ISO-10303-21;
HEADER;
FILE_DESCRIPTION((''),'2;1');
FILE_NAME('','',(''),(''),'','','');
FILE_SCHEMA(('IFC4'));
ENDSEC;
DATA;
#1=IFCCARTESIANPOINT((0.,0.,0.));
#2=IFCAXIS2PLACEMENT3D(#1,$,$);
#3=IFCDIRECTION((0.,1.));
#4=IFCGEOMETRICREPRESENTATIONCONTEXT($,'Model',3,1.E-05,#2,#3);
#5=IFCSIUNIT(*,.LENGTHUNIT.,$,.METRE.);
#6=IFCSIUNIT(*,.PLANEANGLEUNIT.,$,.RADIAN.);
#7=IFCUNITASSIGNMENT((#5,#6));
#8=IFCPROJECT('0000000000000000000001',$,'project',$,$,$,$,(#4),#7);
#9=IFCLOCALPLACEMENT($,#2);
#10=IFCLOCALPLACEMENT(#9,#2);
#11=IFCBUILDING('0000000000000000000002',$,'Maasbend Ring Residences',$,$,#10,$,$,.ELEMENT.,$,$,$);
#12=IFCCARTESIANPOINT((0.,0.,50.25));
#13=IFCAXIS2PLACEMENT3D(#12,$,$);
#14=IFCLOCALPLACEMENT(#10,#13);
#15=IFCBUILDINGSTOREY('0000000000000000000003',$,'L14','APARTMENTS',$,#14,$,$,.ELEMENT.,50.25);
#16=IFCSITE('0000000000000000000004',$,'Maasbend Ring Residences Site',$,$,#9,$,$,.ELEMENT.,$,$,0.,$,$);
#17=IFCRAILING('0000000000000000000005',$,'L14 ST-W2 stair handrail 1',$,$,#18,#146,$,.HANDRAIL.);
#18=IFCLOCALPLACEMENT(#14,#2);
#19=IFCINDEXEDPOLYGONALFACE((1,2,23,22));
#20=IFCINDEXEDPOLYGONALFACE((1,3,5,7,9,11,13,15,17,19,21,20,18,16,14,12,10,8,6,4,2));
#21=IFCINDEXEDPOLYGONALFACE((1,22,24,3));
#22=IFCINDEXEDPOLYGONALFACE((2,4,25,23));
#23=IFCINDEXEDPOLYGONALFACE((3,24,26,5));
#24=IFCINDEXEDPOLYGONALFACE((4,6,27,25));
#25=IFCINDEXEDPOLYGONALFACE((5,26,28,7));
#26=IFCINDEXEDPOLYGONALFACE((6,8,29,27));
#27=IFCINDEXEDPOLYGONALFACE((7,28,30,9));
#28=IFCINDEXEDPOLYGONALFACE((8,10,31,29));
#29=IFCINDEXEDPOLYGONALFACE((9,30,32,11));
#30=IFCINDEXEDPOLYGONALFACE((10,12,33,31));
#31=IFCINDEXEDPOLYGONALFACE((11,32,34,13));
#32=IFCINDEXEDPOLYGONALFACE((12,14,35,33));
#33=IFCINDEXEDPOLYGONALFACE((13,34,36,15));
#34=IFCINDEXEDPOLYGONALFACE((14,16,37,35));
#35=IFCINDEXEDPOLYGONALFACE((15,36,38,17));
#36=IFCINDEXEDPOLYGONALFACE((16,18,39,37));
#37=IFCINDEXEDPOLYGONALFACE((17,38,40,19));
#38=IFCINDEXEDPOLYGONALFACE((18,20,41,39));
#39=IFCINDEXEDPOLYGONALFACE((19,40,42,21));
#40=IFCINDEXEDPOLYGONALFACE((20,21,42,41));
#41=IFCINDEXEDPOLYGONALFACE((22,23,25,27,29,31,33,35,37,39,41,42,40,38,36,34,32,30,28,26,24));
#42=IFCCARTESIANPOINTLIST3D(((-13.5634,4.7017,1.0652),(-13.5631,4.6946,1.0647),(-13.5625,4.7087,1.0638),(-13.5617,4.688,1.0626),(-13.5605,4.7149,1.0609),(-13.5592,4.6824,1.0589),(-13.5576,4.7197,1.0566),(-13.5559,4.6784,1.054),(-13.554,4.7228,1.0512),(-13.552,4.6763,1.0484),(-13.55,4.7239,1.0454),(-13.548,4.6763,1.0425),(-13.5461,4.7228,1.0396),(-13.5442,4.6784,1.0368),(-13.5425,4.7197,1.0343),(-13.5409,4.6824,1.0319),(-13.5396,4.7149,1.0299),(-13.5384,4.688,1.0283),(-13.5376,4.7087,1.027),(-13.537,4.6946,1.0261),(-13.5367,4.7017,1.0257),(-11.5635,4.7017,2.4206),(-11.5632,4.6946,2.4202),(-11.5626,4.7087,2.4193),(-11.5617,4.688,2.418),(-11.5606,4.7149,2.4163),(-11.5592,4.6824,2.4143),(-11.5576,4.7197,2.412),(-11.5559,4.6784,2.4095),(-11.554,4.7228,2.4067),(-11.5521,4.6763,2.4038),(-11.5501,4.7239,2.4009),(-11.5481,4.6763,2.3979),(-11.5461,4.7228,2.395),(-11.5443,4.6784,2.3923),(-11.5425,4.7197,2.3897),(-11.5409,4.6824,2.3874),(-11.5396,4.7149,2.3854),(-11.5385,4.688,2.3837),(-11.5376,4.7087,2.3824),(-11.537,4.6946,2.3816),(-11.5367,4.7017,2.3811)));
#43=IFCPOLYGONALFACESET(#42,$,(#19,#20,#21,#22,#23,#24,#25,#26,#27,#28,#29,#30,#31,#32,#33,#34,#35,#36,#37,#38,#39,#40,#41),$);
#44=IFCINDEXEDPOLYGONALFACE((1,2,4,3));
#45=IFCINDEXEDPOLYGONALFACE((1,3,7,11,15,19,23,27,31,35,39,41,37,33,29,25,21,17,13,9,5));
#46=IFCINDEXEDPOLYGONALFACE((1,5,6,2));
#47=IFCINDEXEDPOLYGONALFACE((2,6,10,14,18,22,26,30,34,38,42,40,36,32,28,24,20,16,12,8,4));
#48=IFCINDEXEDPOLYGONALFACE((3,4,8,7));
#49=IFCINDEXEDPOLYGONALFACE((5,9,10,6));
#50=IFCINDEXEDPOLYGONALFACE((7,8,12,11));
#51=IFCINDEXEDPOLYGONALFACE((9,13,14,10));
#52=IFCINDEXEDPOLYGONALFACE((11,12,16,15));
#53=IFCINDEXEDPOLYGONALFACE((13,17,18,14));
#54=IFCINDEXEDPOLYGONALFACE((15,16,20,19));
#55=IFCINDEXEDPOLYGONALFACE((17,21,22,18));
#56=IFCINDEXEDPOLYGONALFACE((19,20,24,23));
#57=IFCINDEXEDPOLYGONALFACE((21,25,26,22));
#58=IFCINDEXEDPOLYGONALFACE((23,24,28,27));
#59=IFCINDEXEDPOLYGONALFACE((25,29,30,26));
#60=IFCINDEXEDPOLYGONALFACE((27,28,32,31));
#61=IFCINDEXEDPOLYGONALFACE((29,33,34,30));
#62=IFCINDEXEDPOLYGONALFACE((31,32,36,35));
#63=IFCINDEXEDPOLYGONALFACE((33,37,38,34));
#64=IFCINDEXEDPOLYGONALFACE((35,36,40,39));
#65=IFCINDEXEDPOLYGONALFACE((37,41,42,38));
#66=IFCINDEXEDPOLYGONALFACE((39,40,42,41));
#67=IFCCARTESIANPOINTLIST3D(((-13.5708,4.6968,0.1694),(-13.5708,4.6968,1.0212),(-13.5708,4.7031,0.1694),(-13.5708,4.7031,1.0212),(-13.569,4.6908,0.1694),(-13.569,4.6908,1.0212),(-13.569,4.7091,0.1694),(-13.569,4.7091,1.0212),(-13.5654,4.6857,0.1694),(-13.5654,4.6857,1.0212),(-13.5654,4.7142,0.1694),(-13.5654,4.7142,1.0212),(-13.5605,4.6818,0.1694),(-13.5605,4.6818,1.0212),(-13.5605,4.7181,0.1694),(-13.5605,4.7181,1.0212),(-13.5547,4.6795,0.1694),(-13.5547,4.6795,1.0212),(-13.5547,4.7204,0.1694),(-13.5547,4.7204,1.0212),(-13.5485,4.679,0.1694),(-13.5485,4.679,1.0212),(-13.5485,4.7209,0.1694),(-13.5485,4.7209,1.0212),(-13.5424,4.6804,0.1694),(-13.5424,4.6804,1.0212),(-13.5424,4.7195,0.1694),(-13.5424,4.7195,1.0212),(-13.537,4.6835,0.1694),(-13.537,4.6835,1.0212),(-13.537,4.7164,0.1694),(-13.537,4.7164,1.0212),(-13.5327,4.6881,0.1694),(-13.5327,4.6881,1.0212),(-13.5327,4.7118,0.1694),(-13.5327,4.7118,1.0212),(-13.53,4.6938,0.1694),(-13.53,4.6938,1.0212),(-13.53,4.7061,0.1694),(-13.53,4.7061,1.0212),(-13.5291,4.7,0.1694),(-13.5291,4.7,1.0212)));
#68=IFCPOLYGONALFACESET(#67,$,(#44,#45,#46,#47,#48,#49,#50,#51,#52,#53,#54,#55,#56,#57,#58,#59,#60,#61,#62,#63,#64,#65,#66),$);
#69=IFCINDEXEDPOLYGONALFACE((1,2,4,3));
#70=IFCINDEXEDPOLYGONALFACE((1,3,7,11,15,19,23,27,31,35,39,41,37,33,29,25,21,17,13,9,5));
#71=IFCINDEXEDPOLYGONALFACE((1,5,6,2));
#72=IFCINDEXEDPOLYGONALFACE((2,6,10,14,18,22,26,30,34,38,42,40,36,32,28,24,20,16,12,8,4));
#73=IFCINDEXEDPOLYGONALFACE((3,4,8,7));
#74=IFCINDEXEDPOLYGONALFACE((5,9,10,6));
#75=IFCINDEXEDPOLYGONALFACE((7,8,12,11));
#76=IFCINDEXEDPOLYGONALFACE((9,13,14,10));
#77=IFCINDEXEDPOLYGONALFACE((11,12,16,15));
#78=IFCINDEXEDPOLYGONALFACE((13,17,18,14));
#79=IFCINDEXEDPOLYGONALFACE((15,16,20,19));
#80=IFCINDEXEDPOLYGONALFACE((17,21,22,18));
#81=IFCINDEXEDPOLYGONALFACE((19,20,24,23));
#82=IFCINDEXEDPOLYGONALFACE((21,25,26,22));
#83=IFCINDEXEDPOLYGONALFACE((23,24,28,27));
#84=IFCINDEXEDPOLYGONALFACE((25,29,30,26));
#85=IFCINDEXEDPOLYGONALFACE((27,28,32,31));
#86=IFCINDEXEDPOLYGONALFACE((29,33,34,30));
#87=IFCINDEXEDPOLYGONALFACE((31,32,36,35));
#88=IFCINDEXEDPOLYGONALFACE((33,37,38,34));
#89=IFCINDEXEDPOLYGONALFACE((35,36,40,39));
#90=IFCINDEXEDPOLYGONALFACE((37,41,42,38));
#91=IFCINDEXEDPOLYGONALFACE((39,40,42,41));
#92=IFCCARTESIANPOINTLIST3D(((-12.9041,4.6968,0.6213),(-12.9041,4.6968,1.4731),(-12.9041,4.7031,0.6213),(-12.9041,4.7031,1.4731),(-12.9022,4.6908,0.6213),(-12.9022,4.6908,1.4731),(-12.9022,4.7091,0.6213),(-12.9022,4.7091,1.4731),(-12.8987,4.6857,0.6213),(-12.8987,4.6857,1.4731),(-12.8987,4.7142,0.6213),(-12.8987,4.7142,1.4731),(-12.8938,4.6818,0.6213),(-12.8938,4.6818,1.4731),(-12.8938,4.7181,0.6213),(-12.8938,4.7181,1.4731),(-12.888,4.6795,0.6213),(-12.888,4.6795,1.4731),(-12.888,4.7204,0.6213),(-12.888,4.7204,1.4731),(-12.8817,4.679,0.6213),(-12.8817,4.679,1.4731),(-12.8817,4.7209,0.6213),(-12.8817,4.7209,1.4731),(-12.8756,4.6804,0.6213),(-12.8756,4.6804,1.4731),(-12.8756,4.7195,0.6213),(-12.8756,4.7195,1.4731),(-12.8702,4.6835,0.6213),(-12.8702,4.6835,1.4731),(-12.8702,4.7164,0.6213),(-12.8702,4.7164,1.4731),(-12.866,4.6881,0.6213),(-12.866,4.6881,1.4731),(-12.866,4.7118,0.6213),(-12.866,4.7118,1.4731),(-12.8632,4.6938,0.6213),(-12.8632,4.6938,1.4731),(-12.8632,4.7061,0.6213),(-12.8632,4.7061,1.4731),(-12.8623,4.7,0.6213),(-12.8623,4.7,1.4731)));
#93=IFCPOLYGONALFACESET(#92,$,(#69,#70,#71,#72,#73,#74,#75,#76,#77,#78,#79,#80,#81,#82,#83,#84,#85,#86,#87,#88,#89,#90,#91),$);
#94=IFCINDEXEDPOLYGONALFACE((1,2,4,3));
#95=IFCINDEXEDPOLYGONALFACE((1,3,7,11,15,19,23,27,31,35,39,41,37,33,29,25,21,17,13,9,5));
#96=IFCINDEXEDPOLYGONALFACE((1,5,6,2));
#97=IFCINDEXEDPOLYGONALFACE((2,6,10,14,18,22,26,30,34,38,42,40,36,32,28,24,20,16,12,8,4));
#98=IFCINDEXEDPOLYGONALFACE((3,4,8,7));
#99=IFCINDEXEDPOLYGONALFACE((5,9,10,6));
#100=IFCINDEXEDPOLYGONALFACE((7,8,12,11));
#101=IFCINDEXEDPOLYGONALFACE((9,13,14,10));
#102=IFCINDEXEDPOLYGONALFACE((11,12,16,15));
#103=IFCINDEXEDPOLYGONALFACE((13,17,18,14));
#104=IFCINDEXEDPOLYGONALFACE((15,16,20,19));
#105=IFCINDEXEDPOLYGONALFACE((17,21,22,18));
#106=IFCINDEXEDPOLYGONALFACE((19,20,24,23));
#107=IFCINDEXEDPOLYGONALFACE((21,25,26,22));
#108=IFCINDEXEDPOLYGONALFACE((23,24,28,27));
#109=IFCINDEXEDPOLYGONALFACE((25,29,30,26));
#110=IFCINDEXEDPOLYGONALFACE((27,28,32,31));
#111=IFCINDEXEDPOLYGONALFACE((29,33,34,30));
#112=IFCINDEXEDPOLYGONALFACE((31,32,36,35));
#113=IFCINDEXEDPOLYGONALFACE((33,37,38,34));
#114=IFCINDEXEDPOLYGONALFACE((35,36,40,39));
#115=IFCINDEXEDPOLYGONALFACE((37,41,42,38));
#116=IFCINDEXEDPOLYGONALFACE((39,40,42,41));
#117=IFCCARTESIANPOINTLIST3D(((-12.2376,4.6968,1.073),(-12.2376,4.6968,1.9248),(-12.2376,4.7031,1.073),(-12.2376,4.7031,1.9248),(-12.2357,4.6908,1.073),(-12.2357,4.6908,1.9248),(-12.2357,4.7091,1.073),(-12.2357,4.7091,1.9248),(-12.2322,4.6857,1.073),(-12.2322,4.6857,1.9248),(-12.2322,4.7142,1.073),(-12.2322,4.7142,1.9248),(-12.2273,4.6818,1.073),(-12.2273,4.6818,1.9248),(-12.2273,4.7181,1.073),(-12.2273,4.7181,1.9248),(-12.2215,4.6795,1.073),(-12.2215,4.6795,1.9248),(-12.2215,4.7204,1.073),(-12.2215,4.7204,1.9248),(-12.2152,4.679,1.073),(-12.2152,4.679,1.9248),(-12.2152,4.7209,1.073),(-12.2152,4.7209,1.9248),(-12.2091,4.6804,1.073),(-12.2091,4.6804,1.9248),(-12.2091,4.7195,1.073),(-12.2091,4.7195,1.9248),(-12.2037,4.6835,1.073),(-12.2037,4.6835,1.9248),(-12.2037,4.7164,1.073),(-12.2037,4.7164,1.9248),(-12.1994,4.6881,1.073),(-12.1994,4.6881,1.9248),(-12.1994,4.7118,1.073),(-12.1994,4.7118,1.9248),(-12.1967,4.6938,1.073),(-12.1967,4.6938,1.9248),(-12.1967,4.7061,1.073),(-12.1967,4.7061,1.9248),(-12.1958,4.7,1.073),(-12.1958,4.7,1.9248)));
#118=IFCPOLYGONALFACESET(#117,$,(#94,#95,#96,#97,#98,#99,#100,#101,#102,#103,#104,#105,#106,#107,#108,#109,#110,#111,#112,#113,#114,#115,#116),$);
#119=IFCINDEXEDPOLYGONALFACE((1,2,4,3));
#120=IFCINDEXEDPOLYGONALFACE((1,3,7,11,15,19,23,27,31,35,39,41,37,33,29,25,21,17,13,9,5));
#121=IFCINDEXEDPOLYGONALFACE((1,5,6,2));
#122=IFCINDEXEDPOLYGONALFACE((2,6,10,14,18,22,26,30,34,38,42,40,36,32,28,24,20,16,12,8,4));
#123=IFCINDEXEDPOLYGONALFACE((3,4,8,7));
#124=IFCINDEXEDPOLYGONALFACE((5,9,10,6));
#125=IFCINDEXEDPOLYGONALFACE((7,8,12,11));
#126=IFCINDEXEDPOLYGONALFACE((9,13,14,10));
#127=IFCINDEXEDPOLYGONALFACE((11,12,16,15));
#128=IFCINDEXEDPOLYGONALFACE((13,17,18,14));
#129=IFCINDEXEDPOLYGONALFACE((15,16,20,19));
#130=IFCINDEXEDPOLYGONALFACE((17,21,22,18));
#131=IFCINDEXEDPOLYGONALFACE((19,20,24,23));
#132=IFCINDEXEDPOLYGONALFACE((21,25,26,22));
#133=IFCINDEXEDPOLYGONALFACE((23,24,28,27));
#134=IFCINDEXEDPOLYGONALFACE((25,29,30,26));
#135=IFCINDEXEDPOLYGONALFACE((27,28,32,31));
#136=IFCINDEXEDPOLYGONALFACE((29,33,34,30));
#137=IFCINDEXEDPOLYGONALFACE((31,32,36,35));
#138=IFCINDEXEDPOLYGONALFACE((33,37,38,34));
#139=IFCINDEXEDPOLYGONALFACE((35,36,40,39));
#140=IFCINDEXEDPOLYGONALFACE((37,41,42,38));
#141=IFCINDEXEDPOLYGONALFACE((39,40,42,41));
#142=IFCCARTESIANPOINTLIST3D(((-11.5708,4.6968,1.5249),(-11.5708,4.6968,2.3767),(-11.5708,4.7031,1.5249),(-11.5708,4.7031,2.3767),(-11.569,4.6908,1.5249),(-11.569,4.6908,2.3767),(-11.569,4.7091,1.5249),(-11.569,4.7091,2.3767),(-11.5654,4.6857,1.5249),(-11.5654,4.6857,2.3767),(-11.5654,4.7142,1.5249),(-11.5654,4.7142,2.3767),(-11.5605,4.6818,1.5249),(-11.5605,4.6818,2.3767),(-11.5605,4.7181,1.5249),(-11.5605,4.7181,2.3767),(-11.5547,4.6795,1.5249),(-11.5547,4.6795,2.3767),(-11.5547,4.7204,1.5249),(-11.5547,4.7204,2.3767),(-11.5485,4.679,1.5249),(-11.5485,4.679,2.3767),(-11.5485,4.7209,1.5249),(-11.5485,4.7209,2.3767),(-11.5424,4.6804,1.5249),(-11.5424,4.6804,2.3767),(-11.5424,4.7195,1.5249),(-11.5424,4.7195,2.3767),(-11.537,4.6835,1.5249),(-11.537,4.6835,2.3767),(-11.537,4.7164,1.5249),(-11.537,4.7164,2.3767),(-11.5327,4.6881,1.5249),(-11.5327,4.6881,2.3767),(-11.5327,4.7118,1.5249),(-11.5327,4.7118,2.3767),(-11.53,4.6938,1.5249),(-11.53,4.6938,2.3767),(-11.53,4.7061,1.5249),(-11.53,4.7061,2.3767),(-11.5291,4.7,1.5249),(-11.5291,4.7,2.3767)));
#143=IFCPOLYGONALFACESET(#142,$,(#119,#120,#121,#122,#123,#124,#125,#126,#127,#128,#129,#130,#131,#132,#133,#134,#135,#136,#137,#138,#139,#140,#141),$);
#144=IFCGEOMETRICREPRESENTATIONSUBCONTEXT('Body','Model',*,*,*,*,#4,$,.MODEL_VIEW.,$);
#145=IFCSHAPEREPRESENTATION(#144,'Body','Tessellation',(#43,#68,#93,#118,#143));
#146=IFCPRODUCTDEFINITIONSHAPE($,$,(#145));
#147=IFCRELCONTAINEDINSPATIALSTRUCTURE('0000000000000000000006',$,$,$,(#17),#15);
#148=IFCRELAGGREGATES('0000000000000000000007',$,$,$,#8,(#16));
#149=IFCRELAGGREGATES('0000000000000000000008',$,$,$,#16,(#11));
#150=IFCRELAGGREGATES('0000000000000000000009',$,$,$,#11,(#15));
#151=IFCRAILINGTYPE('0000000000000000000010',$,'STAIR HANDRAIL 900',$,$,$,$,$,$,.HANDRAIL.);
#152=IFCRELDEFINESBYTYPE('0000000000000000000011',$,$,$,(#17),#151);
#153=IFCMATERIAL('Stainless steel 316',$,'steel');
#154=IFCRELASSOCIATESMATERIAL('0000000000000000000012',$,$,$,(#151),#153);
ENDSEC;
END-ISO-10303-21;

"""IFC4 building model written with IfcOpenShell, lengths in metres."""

from ifc_helpers import new_model, si_unit, direction, frame, origin, origin_2d, place, context, subcontext, project, spatial, circle, extrude, material, type_object, element, save


model = new_model("IFC4")

# Units and contexts
model_context = context("Model", 3, precision=1e-05, world=origin(), true_north=direction((0.0, 1.0)))
body_context = subcontext(model_context, "Body", "Model", "MODEL_VIEW")
ifc_project = project(units=[si_unit("LENGTHUNIT", "METRE"), si_unit("PLANEANGLEUNIT", "RADIAN")], contexts=[model_context])

# Site, building, storey
site_placement = place(None, origin())
site = spatial("IfcSite", under=ifc_project, at=site_placement, Name="Maasbend Ring Residences Site", CompositionType="ELEMENT", RefElevation=0.0)
building_placement = place(site_placement, origin())
building = spatial("IfcBuilding", under=site, at=building_placement, Name="Maasbend Ring Residences", CompositionType="ELEMENT")
storey_placement = place(building_placement, frame((0.0, 0.0, 50.25)))
storey = spatial("IfcBuildingStorey", under=building, at=storey_placement, Name="L14", Description="APARTMENTS", CompositionType="ELEMENT", Elevation=50.25)

# Railing
ifc_material_1 = material(Name="Stainless steel 316", Category="steel")
railing_type_1 = type_object("IfcRailingType", Name="STAIR HANDRAIL 900", PredefinedType="HANDRAIL", material=ifc_material_1)
railing_1_placement = place(storey_placement, frame((-13.55, 4.7, 0.1694)))
element("IfcRailing", 1, at=railing_1_placement, inside=storey, type_object=railing_type_1, Name="L14 ST-W2 stair handrail 1", PredefinedType="HANDRAIL", context=body_context, shape_type="SweptSolid", body=[
    extrude(circle(Radius=0.0239, at=origin_2d()), frame((0.0, 0.0, 0.876), z_axis=(0.827798, 0.0, 0.561027), x_axis=(0.0, 1.0, 0.0)), (0.0, 0.0, 1.0), 2.416),
    extrude(circle(Radius=0.021, at=origin_2d()), origin(), (0.0, 0.0, 1.0), 0.8518),
    extrude(circle(Radius=0.021, at=origin_2d()), frame((0.6667, 0.0, 0.4519)), (0.0, 0.0, 1.0), 0.8518),
    extrude(circle(Radius=0.021, at=origin_2d()), frame((1.3333, 0.0, 0.9036)), (0.0, 0.0, 1.0), 0.8518),
    extrude(circle(Radius=0.021, at=origin_2d()), frame((2.0, 0.0, 1.3555)), (0.0, 0.0, 1.0), 0.8518),
])

save(model, "model.ifc")
